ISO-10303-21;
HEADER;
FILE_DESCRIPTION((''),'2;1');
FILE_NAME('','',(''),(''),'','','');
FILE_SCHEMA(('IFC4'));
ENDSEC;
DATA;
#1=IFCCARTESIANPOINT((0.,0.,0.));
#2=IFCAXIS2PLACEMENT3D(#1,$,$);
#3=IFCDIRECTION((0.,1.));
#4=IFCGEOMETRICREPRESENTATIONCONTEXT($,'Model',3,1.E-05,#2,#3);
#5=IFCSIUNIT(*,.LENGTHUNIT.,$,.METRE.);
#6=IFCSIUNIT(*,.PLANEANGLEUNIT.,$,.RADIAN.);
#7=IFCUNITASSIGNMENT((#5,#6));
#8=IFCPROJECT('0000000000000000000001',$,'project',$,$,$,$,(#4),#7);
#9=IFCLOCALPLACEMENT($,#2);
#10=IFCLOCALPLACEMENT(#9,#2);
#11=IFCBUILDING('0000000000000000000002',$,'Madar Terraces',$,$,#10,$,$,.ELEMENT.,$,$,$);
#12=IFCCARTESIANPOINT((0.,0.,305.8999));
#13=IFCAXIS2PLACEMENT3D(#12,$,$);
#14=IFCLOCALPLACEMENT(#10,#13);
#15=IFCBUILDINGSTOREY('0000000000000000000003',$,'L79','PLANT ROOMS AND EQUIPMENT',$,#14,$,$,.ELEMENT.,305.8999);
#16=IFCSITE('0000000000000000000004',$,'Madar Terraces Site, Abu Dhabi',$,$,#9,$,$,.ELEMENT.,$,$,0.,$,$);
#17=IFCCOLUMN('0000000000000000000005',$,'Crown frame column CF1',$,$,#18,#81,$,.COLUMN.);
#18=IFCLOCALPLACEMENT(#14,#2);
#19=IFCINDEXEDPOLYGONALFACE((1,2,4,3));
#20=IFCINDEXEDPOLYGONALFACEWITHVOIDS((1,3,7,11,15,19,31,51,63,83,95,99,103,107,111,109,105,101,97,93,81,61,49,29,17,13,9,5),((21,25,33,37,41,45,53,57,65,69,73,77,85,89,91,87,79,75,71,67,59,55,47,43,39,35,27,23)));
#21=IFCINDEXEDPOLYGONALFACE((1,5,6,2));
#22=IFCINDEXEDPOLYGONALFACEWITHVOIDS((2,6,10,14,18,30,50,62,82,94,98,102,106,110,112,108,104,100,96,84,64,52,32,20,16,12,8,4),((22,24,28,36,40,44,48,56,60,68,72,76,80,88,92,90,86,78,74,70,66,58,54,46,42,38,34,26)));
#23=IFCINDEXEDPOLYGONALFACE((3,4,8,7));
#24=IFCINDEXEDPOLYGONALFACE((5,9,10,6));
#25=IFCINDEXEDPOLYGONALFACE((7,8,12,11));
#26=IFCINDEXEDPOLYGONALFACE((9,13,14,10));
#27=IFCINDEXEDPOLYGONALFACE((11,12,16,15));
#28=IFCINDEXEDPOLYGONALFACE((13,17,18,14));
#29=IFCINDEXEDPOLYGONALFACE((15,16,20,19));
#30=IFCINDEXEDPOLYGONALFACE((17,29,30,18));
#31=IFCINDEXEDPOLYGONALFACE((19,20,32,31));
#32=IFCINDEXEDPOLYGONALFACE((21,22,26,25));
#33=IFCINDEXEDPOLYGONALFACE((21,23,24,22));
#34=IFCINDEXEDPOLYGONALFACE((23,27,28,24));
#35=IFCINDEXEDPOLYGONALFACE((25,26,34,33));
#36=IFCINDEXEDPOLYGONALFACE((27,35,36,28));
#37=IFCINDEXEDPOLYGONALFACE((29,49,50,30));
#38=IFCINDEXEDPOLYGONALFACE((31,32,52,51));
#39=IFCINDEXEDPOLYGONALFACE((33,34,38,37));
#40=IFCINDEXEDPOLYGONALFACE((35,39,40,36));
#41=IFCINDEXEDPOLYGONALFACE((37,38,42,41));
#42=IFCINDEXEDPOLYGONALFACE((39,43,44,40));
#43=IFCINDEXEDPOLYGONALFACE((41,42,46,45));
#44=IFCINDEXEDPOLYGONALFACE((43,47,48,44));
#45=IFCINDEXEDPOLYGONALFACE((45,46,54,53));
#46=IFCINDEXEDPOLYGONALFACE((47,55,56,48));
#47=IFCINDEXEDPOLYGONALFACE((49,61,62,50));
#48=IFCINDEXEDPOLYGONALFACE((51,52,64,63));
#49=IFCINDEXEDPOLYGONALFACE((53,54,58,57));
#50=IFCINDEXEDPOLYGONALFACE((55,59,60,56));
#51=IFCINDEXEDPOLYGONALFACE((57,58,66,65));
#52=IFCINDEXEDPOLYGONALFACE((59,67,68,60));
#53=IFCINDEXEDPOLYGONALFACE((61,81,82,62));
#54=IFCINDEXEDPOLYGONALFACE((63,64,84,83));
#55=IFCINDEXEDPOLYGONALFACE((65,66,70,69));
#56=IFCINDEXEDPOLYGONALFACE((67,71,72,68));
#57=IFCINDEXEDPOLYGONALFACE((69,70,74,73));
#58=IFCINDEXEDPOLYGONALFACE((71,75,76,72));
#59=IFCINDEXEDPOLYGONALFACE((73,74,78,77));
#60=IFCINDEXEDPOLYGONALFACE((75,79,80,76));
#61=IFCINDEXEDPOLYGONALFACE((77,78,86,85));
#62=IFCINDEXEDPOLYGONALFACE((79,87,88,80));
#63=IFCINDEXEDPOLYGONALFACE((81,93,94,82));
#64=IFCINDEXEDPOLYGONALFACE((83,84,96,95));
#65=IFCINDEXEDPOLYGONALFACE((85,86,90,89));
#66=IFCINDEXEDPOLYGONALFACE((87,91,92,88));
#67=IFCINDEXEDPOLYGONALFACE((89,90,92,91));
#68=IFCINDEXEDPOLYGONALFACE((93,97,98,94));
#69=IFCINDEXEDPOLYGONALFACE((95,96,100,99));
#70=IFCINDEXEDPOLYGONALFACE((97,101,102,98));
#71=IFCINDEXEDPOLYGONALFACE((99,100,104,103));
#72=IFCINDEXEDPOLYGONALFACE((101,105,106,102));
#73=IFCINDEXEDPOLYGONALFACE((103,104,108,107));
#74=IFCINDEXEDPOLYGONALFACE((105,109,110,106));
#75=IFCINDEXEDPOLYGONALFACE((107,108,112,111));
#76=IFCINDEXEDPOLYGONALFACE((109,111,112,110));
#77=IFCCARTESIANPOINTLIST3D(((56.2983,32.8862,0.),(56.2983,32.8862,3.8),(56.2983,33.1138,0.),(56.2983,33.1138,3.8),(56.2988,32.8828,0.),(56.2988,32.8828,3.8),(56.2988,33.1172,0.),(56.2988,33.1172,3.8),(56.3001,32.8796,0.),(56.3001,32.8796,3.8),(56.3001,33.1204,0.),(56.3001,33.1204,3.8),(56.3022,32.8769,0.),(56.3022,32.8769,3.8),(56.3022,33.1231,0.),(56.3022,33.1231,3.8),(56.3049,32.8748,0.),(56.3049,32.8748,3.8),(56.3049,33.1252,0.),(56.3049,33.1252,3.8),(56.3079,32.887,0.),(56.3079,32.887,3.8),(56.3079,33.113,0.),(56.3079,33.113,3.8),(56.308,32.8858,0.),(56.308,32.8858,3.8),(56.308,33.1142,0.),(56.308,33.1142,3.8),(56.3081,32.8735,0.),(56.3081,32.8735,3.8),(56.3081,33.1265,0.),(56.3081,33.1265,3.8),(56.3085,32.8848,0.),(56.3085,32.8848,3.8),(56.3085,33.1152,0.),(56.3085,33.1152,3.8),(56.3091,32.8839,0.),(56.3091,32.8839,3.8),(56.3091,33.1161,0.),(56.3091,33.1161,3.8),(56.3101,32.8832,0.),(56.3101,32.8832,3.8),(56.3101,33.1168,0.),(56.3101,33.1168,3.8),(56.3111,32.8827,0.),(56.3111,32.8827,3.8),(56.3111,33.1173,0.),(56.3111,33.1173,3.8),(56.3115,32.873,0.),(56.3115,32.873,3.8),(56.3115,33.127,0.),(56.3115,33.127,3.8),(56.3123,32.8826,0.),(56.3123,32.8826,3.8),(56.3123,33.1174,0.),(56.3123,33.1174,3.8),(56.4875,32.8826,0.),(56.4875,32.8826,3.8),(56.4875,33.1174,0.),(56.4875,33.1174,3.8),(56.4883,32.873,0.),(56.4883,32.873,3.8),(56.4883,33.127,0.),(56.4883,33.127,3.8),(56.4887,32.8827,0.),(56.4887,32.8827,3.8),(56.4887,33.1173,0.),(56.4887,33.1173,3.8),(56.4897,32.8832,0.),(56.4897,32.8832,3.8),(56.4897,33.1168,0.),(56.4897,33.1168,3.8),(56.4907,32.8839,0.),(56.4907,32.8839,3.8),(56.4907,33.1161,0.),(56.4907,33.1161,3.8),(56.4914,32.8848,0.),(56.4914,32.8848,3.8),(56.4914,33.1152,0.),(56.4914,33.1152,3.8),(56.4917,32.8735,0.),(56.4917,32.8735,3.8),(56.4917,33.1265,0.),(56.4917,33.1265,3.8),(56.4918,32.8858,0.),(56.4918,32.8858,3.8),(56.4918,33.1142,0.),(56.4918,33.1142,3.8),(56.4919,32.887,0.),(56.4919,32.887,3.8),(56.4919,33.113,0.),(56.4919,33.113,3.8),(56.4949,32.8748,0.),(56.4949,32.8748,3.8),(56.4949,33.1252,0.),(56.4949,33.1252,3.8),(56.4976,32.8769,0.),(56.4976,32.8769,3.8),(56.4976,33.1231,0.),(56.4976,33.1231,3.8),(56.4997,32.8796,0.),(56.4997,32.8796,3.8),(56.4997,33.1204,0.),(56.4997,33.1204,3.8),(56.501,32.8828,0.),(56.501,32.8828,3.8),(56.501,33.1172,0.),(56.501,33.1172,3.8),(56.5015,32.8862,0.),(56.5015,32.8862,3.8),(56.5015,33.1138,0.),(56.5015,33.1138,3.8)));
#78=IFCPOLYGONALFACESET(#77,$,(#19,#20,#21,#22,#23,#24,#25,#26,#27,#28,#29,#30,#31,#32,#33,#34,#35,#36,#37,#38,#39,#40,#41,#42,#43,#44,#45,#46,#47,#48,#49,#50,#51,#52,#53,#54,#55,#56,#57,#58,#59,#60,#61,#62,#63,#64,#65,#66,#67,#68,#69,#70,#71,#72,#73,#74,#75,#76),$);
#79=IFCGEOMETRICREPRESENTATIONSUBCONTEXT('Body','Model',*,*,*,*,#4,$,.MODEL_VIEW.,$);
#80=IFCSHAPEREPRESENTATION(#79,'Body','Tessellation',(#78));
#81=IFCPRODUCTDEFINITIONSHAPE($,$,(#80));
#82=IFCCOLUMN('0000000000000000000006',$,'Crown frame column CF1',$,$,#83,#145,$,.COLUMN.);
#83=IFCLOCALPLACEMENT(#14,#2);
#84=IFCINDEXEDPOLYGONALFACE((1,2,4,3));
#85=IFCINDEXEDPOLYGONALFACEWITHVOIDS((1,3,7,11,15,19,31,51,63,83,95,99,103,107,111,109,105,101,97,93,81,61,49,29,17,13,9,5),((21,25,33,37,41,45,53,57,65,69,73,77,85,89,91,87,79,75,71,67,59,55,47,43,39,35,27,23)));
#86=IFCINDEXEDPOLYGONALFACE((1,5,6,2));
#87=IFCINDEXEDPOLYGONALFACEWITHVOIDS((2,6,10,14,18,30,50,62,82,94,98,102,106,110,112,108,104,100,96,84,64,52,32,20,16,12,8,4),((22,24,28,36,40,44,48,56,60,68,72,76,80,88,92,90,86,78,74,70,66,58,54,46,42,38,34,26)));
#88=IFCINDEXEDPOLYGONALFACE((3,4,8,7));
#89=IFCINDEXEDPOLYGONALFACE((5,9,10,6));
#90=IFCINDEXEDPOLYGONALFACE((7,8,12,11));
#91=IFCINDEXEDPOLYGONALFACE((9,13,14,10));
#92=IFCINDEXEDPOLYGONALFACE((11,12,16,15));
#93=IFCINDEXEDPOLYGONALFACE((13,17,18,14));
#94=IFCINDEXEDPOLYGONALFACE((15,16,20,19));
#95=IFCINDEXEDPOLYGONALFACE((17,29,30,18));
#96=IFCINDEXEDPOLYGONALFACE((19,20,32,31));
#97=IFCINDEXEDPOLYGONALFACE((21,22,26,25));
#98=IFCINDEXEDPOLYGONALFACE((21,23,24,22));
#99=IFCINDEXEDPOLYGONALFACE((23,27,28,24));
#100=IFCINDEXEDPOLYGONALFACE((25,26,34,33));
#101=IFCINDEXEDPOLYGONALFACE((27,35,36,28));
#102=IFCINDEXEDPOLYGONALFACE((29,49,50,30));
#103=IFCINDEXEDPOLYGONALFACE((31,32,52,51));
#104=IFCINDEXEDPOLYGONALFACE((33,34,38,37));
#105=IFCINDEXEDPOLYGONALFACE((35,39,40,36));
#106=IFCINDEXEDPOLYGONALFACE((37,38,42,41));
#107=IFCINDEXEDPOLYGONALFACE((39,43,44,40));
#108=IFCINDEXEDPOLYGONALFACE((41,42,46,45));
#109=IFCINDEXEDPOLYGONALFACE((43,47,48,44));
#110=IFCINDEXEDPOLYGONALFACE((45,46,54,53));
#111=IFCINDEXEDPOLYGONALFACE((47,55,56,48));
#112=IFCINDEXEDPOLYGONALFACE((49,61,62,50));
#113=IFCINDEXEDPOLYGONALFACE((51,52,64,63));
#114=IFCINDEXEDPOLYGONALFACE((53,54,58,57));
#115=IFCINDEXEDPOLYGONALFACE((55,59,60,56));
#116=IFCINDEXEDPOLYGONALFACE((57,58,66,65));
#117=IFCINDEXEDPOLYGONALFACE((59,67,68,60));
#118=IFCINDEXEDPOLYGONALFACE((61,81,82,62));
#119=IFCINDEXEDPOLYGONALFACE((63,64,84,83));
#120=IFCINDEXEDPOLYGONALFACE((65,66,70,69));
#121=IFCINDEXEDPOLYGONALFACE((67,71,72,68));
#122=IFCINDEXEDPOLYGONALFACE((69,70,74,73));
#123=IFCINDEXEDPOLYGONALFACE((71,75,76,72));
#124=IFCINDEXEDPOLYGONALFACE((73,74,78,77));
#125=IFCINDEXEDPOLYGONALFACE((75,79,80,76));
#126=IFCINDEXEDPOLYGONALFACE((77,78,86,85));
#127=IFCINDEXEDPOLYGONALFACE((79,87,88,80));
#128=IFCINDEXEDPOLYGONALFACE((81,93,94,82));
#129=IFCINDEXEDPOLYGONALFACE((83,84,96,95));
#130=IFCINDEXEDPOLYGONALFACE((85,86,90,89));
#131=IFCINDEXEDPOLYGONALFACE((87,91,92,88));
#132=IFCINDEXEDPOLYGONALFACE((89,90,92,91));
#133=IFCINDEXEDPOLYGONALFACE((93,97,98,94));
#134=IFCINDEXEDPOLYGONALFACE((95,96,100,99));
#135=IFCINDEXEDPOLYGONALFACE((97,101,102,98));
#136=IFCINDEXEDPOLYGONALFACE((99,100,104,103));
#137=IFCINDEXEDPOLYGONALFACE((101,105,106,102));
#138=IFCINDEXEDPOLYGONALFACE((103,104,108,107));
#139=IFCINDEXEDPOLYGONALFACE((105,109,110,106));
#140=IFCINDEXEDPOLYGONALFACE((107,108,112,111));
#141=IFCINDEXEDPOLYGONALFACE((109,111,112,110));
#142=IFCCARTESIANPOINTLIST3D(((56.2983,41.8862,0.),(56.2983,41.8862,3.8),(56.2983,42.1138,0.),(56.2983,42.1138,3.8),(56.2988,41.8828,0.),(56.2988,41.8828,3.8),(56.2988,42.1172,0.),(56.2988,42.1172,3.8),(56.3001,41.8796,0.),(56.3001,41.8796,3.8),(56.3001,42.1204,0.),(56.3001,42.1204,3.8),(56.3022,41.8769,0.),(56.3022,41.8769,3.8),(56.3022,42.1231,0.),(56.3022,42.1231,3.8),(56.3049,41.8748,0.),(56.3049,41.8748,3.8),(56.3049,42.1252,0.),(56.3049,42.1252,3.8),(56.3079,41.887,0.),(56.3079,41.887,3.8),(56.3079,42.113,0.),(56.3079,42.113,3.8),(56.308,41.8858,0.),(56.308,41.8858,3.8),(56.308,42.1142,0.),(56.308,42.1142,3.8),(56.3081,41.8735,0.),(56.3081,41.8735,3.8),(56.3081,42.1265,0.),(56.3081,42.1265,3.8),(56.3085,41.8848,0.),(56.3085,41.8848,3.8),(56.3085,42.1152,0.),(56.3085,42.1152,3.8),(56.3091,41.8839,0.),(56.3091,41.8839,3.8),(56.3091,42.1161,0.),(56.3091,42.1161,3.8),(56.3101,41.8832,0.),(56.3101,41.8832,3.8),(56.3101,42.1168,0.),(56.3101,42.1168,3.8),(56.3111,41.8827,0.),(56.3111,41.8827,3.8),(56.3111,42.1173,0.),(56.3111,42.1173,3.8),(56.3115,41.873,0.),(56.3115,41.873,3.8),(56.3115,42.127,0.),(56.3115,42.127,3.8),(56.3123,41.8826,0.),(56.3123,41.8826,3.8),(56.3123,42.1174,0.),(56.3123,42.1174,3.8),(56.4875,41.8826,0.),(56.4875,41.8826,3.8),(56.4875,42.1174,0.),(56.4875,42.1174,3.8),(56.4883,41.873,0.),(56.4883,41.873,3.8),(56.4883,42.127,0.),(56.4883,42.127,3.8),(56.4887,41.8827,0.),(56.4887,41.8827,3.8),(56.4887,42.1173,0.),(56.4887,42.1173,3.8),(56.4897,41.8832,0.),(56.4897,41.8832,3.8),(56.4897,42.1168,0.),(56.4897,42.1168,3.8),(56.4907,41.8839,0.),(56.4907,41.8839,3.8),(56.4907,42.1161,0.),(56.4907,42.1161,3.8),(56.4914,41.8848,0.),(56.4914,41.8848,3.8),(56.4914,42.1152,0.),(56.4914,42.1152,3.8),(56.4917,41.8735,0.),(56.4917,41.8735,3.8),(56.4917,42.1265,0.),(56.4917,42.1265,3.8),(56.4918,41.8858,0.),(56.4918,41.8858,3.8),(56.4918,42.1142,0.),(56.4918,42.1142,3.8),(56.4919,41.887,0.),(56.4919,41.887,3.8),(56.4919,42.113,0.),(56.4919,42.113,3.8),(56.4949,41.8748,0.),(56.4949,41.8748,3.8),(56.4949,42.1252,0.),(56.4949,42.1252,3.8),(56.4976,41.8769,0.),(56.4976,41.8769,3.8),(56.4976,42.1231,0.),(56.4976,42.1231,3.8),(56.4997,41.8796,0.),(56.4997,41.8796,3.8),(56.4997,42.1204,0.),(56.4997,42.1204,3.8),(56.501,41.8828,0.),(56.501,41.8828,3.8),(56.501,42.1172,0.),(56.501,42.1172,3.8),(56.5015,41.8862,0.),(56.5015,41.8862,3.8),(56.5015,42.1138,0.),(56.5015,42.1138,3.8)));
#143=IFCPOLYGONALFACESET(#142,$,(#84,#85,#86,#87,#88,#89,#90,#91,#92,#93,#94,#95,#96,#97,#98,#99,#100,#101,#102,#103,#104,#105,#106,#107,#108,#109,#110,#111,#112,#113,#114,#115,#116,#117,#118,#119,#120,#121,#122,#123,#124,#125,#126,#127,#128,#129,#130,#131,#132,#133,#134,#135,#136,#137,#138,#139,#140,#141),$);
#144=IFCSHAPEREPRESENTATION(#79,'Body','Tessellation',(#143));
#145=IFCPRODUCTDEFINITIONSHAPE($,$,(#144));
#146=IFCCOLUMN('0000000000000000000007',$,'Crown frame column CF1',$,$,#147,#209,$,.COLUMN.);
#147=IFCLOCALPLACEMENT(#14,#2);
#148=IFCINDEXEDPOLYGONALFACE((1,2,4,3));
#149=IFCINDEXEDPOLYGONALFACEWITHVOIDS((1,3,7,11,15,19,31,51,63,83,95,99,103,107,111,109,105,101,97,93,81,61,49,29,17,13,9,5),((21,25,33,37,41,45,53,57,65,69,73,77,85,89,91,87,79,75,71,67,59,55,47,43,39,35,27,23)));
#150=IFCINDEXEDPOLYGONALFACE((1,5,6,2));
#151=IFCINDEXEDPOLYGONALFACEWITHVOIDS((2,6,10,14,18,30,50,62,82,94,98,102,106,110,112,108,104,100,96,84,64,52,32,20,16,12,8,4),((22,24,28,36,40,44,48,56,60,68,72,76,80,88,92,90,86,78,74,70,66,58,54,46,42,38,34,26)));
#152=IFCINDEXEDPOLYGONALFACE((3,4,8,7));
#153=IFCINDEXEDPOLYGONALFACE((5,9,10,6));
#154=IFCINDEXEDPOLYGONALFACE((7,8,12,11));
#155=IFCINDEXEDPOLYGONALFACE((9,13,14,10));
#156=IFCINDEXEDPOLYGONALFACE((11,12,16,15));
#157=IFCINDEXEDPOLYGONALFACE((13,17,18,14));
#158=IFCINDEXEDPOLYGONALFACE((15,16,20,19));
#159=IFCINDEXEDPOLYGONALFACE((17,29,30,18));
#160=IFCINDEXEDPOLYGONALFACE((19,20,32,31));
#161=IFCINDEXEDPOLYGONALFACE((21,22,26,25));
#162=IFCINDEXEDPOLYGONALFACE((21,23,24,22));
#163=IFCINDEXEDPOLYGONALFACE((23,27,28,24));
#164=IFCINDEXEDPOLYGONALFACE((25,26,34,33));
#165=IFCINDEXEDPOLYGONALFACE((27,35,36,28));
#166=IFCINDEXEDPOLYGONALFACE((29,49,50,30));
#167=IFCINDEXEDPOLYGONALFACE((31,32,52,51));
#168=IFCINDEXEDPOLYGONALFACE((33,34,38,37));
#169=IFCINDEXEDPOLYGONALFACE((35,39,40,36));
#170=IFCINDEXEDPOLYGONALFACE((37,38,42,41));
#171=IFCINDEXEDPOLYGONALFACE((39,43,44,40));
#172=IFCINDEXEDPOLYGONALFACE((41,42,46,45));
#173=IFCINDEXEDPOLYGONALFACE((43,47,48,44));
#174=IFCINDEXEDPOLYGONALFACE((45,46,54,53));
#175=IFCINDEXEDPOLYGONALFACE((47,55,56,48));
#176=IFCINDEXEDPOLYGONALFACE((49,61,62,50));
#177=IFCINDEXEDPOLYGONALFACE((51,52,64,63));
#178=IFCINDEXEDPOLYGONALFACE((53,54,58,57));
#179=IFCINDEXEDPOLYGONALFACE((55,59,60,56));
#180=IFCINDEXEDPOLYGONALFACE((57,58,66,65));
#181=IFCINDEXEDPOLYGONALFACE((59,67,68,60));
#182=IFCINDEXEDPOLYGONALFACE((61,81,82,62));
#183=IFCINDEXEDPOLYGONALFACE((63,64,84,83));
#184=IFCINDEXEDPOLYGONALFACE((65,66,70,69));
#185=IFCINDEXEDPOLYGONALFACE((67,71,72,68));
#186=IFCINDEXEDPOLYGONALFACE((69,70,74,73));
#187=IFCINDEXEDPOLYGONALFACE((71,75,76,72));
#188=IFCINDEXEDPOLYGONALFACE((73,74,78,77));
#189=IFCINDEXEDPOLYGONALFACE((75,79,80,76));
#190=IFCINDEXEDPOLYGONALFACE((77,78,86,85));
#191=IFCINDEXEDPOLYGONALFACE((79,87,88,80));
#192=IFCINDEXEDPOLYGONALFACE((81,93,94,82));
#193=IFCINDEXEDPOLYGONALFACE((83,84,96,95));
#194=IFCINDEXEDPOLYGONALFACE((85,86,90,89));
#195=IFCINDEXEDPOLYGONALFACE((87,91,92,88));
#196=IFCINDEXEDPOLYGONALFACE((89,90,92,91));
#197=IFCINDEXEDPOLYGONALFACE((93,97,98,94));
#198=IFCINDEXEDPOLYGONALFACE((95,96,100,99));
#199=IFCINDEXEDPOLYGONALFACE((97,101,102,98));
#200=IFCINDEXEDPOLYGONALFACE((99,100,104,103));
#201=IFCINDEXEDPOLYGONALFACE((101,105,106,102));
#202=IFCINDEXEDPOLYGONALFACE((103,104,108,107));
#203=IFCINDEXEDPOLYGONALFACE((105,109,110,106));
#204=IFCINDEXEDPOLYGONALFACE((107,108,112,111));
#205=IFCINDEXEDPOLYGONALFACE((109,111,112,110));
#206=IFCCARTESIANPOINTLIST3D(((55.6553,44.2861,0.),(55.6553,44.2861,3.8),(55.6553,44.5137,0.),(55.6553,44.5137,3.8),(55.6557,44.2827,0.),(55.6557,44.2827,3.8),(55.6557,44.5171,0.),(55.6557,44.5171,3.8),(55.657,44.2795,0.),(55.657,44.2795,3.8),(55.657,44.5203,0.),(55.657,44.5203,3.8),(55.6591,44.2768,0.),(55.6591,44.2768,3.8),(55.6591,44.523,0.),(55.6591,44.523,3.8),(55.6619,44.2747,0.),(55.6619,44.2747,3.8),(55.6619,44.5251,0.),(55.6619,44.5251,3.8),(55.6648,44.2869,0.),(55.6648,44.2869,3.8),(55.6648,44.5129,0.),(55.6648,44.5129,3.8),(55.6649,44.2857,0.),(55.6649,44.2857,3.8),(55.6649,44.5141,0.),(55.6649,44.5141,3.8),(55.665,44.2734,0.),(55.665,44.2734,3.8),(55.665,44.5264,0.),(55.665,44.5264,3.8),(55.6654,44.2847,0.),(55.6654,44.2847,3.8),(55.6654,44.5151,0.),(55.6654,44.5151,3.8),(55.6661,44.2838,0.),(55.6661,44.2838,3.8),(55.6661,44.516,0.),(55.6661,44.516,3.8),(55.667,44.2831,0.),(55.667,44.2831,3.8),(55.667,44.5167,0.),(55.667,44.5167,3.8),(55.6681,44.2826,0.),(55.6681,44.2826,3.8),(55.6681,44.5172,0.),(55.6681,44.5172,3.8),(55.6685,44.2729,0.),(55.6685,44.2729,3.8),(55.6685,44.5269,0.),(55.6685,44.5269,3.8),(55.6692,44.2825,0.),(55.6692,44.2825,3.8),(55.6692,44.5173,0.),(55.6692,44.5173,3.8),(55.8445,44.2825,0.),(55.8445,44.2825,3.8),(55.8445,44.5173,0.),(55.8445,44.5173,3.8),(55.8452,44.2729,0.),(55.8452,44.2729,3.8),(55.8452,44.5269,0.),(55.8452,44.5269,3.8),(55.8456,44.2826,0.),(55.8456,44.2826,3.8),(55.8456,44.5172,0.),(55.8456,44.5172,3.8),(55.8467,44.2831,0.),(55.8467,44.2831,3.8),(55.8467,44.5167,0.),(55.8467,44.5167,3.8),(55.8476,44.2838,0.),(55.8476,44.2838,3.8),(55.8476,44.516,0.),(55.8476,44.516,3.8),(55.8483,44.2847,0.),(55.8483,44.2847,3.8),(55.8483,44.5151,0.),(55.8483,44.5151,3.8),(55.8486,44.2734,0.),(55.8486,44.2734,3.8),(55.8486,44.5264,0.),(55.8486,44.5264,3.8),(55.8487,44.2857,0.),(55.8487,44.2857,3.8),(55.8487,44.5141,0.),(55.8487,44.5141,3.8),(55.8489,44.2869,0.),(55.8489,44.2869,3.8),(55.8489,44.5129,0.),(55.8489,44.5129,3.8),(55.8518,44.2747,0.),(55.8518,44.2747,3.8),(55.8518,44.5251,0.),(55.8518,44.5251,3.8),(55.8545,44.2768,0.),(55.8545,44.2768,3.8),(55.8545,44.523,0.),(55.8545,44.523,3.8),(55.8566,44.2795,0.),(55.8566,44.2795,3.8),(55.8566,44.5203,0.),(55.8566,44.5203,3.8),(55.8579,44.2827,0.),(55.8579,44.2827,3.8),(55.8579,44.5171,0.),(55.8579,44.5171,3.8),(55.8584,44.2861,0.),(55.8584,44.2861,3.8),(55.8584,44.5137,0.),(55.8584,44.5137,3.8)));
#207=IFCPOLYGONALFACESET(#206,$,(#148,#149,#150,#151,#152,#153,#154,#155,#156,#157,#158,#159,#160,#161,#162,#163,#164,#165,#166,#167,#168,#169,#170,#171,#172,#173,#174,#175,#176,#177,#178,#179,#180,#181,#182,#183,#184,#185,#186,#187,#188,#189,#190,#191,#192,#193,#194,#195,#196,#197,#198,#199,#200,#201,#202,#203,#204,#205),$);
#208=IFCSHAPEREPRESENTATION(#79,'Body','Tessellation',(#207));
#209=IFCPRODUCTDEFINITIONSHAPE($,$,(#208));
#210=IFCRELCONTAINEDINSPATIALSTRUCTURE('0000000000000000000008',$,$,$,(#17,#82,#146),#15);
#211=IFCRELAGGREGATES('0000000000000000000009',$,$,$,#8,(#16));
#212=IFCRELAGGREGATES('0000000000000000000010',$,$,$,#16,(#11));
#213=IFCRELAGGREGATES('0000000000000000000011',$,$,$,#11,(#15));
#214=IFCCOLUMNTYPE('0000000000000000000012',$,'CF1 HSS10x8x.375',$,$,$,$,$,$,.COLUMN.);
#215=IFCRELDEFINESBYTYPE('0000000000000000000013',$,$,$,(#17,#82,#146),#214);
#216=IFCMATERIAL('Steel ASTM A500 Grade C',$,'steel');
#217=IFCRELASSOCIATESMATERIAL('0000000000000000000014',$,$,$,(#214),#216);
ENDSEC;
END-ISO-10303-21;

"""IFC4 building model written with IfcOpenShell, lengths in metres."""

from ifc_helpers import new_model, si_unit, direction, frame, origin, origin_2d, place, context, subcontext, project, spatial, hollow_rectangle, extrude, material, material_profile, profile_set, type_object, element, save


model = new_model("IFC4")

# Units and contexts
model_context = context("Model", 3, precision=1e-05, world=origin(), true_north=direction((0.0, 1.0)))
body_context = subcontext(model_context, "Body", "Model", "MODEL_VIEW")
ifc_project = project(units=[si_unit("LENGTHUNIT", "METRE"), si_unit("PLANEANGLEUNIT", "RADIAN")], contexts=[model_context])

# Site, building, storey
site_placement = place(None, origin())
site = spatial("IfcSite", under=ifc_project, at=site_placement, Name="Madar Terraces Site, Abu Dhabi", CompositionType="ELEMENT", RefElevation=0.0)
building_placement = place(site_placement, origin())
building = spatial("IfcBuilding", under=site, at=building_placement, Name="Madar Terraces", CompositionType="ELEMENT")
storey_placement = place(building_placement, frame((0.0, 0.0, 305.8999)))
storey = spatial("IfcBuildingStorey", under=building, at=storey_placement, Name="L79", Description="PLANT ROOMS AND EQUIPMENT", CompositionType="ELEMENT", Elevation=305.8999)

# Columns
ifc_material_1 = material(Name="Steel ASTM A500 Grade C", Category="steel")
ifc_material_profile_1 = material_profile(ifc_material_1, hollow_rectangle(XDim=0.2031, YDim=0.2539, WallThickness=0.0095, InnerFilletRadius=0.0044, OuterFilletRadius=0.0132, at=origin_2d()), Name="HSS10x8x.375")
ifc_profile_set_1 = profile_set([ifc_material_profile_1], Name="Steel ASTM A500 Grade C")
column_type = type_object("IfcColumnType", Name="CF1 HSS10x8x.375", PredefinedType="COLUMN", material=ifc_profile_set_1)
for number, where, z_axis, x_axis, name in (
    (1, (56.3999, 33.0, 0.0), (0.0, 0.0, 1.0), (1.0, 0.0, 0.0), "Crown frame column CF1"),
    (2, (56.3999, 42.0, 0.0), (0.0, 0.0, 1.0), (1.0, 0.0, 0.0), "Crown frame column CF1"),
    (3, (55.7568, 44.3999, 0.0), (0.0, 0.0, 1.0), (1.0, 0.0, 0.0), "Crown frame column CF1"),
):
    element("IfcColumn", number, at=place(storey_placement, frame(where, z_axis=z_axis, x_axis=x_axis)), inside=storey, type_object=column_type, Name=name, PredefinedType="COLUMN", context=body_context, shape_type="SweptSolid", body=[
        extrude(hollow_rectangle(XDim=0.2031, YDim=0.2539, WallThickness=0.0095, InnerFilletRadius=0.0044, OuterFilletRadius=0.0132, at=origin_2d()), origin(), (0.0, 0.0, 1.0), 3.8),
    ])

save(model, "model.ifc")
